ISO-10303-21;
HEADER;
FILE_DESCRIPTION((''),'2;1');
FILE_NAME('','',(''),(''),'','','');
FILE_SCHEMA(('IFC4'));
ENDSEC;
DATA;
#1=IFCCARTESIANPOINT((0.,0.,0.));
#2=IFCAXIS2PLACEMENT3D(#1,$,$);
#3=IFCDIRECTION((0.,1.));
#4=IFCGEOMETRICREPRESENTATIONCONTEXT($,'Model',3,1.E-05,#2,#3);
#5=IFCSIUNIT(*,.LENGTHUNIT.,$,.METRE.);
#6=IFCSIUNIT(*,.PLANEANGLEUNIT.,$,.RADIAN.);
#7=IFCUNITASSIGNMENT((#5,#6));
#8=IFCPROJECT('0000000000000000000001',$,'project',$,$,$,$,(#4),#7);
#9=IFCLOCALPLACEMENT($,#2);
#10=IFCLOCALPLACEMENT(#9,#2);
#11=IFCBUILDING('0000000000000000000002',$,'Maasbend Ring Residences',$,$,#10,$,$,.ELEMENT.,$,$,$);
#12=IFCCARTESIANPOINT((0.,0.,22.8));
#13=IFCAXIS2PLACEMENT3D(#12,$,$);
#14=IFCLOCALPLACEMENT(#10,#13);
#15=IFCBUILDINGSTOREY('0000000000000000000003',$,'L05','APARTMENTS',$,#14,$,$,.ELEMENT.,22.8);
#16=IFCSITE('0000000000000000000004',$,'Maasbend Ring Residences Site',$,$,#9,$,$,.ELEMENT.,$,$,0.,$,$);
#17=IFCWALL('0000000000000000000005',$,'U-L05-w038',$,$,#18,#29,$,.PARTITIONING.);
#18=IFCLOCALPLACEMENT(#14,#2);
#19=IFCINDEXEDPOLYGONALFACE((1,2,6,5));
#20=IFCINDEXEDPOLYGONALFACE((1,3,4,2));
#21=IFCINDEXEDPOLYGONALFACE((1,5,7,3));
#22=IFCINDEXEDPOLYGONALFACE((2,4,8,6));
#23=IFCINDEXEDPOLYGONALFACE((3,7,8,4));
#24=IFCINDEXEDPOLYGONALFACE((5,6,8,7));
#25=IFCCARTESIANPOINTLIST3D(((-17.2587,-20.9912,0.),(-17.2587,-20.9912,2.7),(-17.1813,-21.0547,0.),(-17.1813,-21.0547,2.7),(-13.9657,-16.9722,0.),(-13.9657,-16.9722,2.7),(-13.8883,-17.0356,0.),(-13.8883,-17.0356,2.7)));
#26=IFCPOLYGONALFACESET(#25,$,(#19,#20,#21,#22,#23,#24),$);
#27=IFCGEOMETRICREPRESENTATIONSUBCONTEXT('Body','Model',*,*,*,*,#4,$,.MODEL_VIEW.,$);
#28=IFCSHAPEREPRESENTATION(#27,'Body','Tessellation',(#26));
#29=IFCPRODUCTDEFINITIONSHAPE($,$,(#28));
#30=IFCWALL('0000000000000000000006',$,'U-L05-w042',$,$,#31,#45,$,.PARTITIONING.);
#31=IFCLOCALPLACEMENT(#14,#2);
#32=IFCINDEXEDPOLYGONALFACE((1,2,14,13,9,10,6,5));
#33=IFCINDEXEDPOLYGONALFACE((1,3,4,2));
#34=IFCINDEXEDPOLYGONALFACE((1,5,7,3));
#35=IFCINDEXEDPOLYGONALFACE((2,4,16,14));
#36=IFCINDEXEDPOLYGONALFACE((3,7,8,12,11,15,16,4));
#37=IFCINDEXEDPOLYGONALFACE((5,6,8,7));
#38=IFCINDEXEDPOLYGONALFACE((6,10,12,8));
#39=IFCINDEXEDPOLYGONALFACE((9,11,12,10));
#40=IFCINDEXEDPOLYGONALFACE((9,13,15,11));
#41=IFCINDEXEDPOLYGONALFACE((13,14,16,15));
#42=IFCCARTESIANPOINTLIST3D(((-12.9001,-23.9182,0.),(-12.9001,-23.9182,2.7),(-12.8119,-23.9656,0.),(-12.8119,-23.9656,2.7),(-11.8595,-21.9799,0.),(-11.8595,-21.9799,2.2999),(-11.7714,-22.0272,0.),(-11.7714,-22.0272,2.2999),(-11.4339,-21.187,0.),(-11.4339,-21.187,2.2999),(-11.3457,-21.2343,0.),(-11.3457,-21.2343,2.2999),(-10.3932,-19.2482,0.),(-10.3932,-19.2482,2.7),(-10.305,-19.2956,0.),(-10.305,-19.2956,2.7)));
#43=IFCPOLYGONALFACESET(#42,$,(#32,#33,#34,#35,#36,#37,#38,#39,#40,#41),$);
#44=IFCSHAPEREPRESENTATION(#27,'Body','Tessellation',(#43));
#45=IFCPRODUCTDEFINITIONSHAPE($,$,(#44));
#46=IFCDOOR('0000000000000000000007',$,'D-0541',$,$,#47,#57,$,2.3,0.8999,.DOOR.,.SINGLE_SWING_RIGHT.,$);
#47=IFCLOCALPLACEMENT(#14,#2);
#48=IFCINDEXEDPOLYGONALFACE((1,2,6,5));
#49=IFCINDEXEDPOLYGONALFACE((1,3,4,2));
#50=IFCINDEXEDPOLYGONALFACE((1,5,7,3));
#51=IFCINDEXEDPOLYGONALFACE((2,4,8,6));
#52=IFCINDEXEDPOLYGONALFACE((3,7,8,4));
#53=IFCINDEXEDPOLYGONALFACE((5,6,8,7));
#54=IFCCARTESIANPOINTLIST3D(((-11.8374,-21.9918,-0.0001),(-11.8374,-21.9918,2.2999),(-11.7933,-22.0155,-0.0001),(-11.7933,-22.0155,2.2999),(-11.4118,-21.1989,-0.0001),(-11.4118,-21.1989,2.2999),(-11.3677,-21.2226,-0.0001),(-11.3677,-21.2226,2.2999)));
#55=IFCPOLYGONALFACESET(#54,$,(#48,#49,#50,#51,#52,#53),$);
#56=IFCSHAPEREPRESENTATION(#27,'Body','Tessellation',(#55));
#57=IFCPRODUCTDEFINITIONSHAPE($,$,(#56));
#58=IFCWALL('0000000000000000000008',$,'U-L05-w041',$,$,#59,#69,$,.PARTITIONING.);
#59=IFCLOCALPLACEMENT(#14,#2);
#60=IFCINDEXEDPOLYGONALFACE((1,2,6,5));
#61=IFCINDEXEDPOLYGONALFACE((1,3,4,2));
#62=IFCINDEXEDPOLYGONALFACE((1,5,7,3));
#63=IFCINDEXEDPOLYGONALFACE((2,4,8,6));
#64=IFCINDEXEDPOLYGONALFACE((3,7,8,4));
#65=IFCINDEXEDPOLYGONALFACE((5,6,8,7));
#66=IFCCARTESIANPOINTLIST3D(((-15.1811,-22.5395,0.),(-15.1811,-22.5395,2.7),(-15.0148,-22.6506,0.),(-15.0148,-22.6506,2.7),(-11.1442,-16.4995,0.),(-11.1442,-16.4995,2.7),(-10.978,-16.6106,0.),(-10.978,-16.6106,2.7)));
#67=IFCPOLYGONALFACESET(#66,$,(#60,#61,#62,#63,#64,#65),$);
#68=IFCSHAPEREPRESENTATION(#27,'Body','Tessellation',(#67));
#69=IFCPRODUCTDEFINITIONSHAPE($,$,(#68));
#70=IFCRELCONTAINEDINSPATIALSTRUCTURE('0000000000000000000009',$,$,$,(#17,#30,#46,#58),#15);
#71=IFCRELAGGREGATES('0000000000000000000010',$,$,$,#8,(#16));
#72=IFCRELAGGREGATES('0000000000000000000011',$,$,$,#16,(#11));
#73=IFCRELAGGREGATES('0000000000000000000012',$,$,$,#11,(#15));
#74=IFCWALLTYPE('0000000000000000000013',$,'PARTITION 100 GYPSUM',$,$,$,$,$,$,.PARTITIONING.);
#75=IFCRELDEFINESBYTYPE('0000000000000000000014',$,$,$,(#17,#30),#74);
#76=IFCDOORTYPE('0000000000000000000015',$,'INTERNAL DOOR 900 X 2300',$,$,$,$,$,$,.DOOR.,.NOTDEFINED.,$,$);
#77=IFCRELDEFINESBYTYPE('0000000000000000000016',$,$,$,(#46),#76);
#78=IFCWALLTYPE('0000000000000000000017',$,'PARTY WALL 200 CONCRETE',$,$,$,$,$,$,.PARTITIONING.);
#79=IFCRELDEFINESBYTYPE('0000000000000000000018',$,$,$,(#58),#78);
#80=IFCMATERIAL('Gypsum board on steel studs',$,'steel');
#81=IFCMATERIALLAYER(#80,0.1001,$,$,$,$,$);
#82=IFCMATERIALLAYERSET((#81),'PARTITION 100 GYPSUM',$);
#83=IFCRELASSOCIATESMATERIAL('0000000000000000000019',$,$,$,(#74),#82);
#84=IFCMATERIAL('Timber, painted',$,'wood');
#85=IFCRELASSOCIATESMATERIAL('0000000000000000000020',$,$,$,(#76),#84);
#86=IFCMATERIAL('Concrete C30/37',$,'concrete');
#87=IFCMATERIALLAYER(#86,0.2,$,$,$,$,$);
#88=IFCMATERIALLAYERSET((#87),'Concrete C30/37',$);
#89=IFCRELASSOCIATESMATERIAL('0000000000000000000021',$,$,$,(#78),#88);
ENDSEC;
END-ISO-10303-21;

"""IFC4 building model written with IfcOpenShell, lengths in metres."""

from ifc_helpers import new_model, si_unit, direction, frame, frame_2d, origin, place, context, subcontext, project, spatial, rectangle, extrude, material, layer, layer_set, type_object, element, fill, save


model = new_model("IFC4")

# Units and contexts
model_context = context("Model", 3, precision=1e-05, world=origin(), true_north=direction((0.0, 1.0)))
body_context = subcontext(model_context, "Body", "Model", "MODEL_VIEW")
ifc_project = project(units=[si_unit("LENGTHUNIT", "METRE"), si_unit("PLANEANGLEUNIT", "RADIAN")], contexts=[model_context])

# Site, building, storey
site_placement = place(None, origin())
site = spatial("IfcSite", under=ifc_project, at=site_placement, Name="Maasbend Ring Residences Site", CompositionType="ELEMENT", RefElevation=0.0)
building_placement = place(site_placement, origin())
building = spatial("IfcBuilding", under=site, at=building_placement, Name="Maasbend Ring Residences", CompositionType="ELEMENT")
storey_placement = place(building_placement, frame((0.0, 0.0, 22.8)))
storey = spatial("IfcBuildingStorey", under=building, at=storey_placement, Name="L05", Description="APARTMENTS", CompositionType="ELEMENT", Elevation=22.8)

# Wall
ifc_material_1 = material(Name="Gypsum board on steel studs", Category="steel")
ifc_layer_1 = layer(ifc_material_1, 0.1001)
ifc_layer_set_1 = layer_set([ifc_layer_1], Name="PARTITION 100 GYPSUM")
wall_type_1 = type_object("IfcWallType", Name="PARTITION 100 GYPSUM", PredefinedType="PARTITIONING", material=ifc_layer_set_1)
wall_1_placement = place(storey_placement, frame((-17.22, -21.0229, 0.0), z_axis=(0.0, 0.0, 1.0), x_axis=(0.633775, 0.773517, 0.0)))
element("IfcWall", 1, at=wall_1_placement, inside=storey, type_object=wall_type_1, Name="U-L05-w038", PredefinedType="PARTITIONING", context=body_context, shape_type="SweptSolid", body=[
    extrude(rectangle(XDim=5.1958, YDim=0.1001, at=frame_2d((2.5979, 0.0))), origin(), (0.0, 0.0, 1.0), 2.7),
])

# Wall, opening, door
wall_2_placement = place(storey_placement, frame((-12.856, -23.9419, 0.0), z_axis=(0.0, 0.0, 1.0), x_axis=(0.472968, 0.88108, 0.0)))
wall_2 = element("IfcWall", 2, at=wall_2_placement, inside=storey, type_object=wall_type_1, Name="U-L05-w042", PredefinedType="PARTITIONING", context=body_context, shape_type="SweptSolid", body=[
    extrude(rectangle(XDim=5.3003, YDim=0.1001, at=frame_2d((2.6501, 0.0))), origin(), (0.0, 0.0, 1.0), 2.7),
])
opening_1_placement = place(wall_2_placement, frame((2.2, 0.0, 0.0)))
opening_1 = element("IfcOpeningElement", 3, at=opening_1_placement, cuts=wall_2, PredefinedType="OPENING", context=body_context, shape_type="SweptSolid", body=[
    extrude(rectangle(XDim=0.8999, YDim=2.3, at=frame_2d((0.45, 1.1499))), frame((0.0, 0.0601, 0.0), z_axis=(0.0, -1.0, 0.0), x_axis=(1.0, 0.0, 0.0)), (0.0, 0.0, 1.0), 0.1201),
])
ifc_material_2 = material(Name="Timber, painted", Category="wood")
door_type_1 = type_object("IfcDoorType", Name="INTERNAL DOOR 900 X 2300", OperationType="NOTDEFINED", PredefinedType="DOOR", material=ifc_material_2)
door_1_placement = place(opening_1_placement, origin())
door_1 = element("IfcDoor", 4, at=door_1_placement, inside=storey, type_object=door_type_1, Name="D-0541", OperationType="SINGLE_SWING_RIGHT", OverallHeight=2.3, OverallWidth=0.8999, PredefinedType="DOOR", context=body_context, shape_type="SweptSolid", body=[
    extrude(rectangle(XDim=0.8999, YDim=2.3, at=frame_2d((0.45, 1.1499))), frame((0.0, 0.0249, 0.0), z_axis=(0.0, -1.0, 0.0), x_axis=(1.0, 0.0, 0.0)), (0.0, 0.0, 1.0), 0.05),
])
fill(opening_1, door_1)

# Wall
ifc_material_3 = material(Name="Concrete C30/37", Category="concrete")
ifc_layer_2 = layer(ifc_material_3, 0.2)
ifc_layer_set_2 = layer_set([ifc_layer_2], Name="Concrete C30/37")
wall_type_2 = type_object("IfcWallType", Name="PARTY WALL 200 CONCRETE", PredefinedType="PARTITIONING", material=ifc_layer_set_2)
wall_3_placement = place(storey_placement, frame((-15.0979, -22.595, 0.0), z_axis=(0.0, 0.0, 1.0), x_axis=(0.555669, 0.831403, 0.0)))
element("IfcWall", 5, at=wall_3_placement, inside=storey, type_object=wall_type_2, Name="U-L05-w041", PredefinedType="PARTITIONING", context=body_context, shape_type="SweptSolid", body=[
    extrude(rectangle(XDim=7.2649, YDim=0.2, at=frame_2d((3.6323, 0.0))), origin(), (0.0, 0.0, 1.0), 2.7),
])

save(model, "model.ifc")
